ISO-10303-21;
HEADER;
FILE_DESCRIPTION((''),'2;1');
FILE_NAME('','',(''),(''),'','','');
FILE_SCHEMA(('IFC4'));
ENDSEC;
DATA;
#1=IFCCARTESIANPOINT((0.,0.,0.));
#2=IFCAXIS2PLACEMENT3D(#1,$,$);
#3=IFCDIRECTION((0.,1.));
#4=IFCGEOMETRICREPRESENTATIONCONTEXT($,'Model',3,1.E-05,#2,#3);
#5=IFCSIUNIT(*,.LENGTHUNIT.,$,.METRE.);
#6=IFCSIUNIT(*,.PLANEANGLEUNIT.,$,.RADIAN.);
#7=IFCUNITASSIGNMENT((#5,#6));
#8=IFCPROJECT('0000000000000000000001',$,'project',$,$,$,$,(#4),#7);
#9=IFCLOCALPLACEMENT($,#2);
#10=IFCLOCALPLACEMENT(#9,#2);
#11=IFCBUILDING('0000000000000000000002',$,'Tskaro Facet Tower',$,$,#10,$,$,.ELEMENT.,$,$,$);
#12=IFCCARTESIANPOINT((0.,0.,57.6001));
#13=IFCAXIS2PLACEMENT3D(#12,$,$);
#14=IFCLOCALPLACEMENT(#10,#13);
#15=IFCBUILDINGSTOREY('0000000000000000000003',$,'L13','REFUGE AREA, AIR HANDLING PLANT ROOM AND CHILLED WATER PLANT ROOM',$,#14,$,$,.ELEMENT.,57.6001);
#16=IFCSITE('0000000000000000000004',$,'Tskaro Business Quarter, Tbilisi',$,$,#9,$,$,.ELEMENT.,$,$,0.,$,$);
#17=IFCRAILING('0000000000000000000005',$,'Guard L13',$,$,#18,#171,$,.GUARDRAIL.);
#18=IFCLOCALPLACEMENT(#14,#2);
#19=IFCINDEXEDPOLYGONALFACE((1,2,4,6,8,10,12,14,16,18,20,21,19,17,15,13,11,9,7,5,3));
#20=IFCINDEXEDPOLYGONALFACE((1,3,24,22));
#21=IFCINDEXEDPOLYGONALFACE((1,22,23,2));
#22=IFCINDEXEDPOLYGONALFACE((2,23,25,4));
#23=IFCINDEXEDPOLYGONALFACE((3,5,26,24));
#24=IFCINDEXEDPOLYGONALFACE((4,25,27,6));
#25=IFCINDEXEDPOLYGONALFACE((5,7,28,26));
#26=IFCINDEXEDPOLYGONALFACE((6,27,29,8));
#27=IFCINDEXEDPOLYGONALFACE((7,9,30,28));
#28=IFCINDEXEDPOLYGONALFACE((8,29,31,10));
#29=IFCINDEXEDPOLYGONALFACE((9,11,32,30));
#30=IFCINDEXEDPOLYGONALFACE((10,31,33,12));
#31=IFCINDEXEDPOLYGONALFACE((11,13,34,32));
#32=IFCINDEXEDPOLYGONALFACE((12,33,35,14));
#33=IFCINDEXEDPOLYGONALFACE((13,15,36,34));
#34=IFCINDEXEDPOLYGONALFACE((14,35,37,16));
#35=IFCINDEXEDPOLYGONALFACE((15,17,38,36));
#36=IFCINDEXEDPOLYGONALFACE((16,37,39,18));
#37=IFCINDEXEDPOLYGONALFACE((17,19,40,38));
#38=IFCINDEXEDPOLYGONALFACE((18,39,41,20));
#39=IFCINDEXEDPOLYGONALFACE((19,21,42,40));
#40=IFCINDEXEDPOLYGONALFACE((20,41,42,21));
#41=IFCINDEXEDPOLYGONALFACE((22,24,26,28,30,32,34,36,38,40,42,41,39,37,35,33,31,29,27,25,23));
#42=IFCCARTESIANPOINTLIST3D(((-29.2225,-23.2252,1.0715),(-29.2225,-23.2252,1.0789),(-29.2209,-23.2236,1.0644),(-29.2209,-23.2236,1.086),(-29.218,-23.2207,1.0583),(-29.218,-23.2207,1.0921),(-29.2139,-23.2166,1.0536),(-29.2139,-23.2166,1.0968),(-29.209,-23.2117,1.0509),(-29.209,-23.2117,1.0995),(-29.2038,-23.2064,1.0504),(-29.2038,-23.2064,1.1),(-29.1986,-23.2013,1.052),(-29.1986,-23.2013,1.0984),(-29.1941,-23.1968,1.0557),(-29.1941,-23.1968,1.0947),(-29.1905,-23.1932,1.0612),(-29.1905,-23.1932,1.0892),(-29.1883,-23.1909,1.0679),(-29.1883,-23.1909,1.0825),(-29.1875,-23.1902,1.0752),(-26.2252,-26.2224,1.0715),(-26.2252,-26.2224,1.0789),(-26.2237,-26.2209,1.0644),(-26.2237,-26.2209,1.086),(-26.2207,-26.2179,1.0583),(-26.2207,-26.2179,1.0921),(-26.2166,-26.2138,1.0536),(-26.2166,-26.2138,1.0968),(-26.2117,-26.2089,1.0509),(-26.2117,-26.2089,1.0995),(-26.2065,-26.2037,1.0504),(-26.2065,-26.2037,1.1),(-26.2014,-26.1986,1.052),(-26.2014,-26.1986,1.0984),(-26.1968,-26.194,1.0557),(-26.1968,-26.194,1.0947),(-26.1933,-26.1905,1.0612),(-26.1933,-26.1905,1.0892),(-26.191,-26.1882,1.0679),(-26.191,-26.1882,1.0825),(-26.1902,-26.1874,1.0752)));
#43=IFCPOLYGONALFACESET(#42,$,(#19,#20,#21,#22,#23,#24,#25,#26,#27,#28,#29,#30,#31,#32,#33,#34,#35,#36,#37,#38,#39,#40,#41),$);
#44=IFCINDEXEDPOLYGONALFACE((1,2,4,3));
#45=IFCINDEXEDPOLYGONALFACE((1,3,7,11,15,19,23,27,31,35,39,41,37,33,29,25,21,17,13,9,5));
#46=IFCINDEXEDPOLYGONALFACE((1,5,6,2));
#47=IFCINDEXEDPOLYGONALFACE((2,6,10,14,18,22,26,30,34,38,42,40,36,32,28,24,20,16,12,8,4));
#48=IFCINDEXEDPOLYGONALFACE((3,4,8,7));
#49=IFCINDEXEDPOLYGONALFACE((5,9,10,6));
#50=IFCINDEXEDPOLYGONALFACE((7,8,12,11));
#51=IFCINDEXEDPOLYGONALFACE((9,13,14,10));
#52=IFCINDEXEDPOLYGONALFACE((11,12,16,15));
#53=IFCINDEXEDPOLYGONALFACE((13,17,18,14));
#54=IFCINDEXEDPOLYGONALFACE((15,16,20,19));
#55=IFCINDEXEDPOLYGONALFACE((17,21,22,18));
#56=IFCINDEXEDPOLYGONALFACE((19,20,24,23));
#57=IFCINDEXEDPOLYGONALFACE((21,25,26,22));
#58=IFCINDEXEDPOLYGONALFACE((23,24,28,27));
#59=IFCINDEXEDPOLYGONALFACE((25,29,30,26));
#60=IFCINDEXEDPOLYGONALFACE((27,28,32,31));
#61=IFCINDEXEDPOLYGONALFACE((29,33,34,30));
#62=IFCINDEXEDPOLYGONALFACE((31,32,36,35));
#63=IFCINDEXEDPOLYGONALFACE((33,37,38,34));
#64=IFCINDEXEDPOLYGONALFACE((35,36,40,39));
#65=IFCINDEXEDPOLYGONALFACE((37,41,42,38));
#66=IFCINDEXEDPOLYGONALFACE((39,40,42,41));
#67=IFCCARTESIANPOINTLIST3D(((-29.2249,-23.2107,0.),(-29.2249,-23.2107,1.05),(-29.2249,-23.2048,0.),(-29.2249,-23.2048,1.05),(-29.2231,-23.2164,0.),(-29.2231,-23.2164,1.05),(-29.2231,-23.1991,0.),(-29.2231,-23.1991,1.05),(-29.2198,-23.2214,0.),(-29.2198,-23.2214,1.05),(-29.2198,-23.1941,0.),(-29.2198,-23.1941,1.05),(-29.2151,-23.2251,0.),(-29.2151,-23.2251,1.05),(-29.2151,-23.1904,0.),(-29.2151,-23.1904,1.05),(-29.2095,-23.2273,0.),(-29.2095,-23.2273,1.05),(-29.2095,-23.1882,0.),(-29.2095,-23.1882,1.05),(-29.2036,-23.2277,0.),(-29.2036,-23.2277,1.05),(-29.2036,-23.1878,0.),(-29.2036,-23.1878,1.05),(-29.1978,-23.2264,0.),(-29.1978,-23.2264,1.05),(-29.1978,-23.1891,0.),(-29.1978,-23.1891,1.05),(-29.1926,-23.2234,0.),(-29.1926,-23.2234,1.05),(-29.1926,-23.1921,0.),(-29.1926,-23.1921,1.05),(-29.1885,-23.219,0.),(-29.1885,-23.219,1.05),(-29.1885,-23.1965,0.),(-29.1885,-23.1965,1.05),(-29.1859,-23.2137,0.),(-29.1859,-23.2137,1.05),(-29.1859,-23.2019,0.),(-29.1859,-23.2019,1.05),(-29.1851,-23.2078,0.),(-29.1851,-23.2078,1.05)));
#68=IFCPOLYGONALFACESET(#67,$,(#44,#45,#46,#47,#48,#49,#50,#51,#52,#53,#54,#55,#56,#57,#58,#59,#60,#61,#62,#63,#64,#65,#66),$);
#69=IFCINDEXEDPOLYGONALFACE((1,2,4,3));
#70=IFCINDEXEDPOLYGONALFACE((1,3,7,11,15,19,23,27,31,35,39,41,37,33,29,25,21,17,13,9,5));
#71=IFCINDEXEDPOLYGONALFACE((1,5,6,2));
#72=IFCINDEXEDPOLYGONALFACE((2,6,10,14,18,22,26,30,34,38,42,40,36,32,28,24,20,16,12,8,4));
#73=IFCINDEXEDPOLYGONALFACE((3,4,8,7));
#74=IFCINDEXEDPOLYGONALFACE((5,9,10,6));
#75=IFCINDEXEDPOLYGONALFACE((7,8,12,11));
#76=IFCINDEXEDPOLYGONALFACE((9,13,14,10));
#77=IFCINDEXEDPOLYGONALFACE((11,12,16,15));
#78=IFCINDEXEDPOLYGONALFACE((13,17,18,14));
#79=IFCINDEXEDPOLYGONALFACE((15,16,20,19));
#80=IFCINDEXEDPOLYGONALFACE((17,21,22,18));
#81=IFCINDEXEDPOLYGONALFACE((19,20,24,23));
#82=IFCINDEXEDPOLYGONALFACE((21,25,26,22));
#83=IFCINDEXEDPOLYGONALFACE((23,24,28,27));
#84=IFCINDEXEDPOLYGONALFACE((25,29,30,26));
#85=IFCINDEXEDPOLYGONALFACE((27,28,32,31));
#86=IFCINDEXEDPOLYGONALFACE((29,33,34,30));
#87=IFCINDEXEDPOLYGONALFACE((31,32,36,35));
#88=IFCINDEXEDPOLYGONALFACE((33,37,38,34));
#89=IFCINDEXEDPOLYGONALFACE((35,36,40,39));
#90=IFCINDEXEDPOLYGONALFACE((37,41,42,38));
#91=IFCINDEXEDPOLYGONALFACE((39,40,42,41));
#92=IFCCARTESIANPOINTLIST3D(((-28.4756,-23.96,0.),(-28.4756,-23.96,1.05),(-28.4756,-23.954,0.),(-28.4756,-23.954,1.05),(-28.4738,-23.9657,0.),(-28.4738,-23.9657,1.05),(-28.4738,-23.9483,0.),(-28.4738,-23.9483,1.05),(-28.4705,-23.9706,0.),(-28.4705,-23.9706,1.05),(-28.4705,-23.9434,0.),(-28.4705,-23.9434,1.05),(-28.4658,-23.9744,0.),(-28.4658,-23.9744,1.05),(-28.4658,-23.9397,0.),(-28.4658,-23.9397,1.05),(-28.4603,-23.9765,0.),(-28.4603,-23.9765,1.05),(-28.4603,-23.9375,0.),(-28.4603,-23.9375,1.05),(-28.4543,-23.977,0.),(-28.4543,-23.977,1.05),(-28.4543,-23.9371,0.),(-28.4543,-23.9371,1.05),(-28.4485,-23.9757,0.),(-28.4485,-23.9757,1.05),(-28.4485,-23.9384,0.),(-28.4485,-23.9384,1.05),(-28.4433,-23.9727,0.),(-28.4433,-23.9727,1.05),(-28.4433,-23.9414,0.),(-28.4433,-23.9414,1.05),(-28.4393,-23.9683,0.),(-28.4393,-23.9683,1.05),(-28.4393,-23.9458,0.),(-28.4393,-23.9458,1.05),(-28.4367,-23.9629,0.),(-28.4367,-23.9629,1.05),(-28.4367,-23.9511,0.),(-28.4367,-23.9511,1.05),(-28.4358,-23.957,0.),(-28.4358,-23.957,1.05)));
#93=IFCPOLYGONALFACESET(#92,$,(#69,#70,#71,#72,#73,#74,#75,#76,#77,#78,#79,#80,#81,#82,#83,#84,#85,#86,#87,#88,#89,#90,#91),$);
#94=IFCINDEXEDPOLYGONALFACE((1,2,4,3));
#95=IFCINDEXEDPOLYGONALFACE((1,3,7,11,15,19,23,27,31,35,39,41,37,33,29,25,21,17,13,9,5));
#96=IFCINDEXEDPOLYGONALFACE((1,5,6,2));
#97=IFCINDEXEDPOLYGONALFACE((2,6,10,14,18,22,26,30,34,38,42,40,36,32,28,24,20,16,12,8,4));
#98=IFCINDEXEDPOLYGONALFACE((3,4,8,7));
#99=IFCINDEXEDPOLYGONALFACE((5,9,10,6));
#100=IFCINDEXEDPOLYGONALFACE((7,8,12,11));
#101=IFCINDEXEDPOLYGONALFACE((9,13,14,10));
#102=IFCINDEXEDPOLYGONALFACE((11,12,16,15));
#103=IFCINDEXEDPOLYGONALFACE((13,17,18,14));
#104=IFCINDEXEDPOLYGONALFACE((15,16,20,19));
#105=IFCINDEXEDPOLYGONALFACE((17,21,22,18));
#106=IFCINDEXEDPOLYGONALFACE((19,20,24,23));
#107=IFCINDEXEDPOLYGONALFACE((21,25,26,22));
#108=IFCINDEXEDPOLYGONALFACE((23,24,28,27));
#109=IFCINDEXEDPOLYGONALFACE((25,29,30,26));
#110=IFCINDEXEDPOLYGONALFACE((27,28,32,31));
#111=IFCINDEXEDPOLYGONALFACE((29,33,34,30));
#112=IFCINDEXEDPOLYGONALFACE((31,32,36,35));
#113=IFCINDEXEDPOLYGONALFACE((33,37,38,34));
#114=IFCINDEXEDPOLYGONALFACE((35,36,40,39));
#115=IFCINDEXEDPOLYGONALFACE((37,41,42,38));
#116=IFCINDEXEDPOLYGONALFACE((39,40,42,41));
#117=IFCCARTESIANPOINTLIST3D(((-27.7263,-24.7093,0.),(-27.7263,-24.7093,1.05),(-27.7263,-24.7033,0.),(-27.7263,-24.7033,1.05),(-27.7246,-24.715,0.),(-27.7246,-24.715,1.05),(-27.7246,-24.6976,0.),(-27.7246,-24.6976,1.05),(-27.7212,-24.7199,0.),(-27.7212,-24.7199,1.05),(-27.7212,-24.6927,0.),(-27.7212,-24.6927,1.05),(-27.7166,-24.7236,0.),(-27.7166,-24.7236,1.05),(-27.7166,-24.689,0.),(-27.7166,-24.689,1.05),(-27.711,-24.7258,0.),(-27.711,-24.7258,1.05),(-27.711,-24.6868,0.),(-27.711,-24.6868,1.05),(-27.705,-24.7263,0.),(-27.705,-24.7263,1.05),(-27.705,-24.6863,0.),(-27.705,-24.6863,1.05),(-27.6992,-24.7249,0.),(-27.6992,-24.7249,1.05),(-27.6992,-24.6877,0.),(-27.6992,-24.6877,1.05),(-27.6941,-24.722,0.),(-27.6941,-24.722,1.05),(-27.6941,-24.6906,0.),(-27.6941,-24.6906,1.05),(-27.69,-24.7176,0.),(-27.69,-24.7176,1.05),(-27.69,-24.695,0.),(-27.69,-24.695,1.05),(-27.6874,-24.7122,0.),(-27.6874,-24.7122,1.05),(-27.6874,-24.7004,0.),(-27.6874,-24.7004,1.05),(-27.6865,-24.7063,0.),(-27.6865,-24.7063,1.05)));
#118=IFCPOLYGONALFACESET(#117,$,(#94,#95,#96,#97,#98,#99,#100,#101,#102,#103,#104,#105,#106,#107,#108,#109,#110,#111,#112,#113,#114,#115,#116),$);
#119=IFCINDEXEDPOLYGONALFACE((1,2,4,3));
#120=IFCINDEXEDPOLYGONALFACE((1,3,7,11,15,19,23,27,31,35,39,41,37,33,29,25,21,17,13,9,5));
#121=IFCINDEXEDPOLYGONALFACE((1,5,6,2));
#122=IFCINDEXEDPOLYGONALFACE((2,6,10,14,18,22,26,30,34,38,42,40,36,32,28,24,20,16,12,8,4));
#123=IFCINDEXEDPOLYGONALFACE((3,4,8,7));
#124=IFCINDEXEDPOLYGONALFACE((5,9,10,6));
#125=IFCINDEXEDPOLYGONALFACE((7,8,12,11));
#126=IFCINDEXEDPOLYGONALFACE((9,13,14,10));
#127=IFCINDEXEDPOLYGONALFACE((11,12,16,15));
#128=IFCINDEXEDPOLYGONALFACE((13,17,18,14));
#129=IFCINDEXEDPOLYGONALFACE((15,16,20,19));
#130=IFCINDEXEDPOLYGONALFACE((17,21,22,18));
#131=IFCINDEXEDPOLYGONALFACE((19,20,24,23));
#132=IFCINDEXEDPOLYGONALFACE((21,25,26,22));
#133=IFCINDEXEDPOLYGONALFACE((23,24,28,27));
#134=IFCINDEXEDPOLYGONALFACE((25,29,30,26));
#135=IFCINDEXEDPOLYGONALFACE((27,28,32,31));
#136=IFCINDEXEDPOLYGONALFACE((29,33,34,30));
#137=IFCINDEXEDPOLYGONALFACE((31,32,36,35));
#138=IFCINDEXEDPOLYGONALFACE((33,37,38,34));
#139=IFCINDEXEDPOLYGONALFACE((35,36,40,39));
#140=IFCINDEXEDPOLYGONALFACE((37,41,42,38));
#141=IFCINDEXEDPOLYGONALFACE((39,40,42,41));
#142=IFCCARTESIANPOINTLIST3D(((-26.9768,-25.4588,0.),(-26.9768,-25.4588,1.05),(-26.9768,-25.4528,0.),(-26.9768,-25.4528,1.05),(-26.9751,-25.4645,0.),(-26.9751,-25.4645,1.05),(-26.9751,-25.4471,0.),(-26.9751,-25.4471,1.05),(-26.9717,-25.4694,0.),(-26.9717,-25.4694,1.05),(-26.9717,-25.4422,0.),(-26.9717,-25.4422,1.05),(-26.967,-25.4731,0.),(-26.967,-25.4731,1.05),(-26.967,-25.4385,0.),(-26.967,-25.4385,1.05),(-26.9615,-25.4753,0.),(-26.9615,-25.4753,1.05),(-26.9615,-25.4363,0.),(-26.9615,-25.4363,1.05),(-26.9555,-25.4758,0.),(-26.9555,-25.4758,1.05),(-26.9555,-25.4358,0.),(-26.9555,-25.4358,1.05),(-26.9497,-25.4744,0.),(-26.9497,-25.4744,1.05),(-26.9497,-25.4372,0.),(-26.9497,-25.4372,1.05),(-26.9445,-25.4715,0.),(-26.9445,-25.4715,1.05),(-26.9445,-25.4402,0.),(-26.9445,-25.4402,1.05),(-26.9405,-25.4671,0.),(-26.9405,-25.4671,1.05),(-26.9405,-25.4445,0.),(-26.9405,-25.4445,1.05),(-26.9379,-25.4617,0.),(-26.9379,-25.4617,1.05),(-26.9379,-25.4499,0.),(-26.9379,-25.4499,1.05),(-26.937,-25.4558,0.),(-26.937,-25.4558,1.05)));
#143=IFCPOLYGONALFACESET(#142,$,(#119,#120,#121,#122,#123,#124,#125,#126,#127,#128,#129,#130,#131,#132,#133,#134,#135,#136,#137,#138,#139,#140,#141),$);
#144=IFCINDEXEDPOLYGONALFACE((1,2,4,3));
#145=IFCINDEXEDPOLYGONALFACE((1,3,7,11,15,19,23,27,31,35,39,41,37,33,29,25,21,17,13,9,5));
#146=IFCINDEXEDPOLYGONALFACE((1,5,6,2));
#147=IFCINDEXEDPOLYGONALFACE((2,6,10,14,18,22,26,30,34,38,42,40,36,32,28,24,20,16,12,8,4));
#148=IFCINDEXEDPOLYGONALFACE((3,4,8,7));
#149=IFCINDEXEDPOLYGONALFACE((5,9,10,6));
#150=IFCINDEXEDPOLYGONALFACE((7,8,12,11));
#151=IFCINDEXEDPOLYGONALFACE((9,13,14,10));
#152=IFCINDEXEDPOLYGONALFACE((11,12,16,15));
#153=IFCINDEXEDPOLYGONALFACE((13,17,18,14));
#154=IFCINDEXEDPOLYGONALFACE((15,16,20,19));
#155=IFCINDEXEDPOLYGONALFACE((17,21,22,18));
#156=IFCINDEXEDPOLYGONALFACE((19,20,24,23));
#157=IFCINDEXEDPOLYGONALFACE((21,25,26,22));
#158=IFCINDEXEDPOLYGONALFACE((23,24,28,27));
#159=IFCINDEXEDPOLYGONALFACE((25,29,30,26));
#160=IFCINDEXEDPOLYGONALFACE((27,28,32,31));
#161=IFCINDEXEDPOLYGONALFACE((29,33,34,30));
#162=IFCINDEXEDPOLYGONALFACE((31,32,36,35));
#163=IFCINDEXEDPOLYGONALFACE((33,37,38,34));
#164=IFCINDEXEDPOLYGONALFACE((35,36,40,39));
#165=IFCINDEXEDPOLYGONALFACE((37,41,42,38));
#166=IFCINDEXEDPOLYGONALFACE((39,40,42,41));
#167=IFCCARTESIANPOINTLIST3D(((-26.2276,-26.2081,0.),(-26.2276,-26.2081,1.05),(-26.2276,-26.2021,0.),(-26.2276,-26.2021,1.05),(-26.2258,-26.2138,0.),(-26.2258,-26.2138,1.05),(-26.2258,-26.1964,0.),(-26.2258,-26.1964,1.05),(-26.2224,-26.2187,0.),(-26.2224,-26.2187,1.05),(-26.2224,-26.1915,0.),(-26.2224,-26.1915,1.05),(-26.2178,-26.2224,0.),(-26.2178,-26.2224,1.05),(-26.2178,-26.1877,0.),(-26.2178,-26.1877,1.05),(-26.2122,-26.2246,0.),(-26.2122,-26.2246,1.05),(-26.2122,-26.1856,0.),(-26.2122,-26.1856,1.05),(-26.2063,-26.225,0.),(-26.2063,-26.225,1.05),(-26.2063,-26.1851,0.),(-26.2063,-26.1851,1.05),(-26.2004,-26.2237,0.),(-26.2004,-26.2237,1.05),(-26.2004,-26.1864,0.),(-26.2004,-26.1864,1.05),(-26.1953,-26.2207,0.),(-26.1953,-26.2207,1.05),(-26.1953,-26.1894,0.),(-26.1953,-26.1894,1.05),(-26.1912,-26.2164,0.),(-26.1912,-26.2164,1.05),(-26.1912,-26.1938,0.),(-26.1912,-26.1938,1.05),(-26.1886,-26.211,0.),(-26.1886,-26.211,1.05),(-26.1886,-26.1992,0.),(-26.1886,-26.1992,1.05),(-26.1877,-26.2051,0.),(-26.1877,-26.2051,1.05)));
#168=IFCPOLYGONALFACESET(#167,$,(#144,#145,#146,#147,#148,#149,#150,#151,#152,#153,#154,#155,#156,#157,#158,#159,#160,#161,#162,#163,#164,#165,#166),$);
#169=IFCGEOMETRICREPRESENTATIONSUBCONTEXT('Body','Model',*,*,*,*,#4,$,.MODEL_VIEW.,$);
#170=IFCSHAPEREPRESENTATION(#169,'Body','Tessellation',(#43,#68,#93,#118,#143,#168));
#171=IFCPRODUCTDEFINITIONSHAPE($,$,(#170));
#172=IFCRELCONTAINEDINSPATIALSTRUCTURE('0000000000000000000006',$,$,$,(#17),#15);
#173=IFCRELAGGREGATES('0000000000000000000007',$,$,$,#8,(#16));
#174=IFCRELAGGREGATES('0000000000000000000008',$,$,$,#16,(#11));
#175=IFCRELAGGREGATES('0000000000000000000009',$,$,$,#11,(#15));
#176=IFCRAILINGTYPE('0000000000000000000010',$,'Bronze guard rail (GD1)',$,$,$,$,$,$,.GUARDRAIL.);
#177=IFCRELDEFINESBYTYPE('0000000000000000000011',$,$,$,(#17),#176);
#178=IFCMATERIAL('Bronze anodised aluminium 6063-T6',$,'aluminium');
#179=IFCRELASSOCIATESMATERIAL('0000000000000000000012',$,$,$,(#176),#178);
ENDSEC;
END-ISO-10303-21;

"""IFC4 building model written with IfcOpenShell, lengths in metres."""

from ifc_helpers import new_model, si_unit, direction, frame, origin, origin_2d, place, context, subcontext, project, spatial, circle, extrude, material, type_object, element, save


model = new_model("IFC4")

# Units and contexts
model_context = context("Model", 3, precision=1e-05, world=origin(), true_north=direction((0.0, 1.0)))
body_context = subcontext(model_context, "Body", "Model", "MODEL_VIEW")
ifc_project = project(units=[si_unit("LENGTHUNIT", "METRE"), si_unit("PLANEANGLEUNIT", "RADIAN")], contexts=[model_context])

# Site, building, storey
site_placement = place(None, origin())
site = spatial("IfcSite", under=ifc_project, at=site_placement, Name="Tskaro Business Quarter, Tbilisi", CompositionType="ELEMENT", RefElevation=0.0)
building_placement = place(site_placement, origin())
building = spatial("IfcBuilding", under=site, at=building_placement, Name="Tskaro Facet Tower", CompositionType="ELEMENT")
storey_placement = place(building_placement, frame((0.0, 0.0, 57.6001)))
storey = spatial("IfcBuildingStorey", under=building, at=storey_placement, Name="L13", Description="REFUGE AREA, AIR HANDLING PLANT ROOM AND CHILLED WATER PLANT ROOM", CompositionType="ELEMENT", Elevation=57.6001)

# Railing
ifc_material_1 = material(Name="Bronze anodised aluminium 6063-T6", Category="aluminium")
railing_type = type_object("IfcRailingType", Name="Bronze guard rail (GD1)", PredefinedType="GUARDRAIL", material=ifc_material_1)
railing_1_placement = place(storey_placement, frame((-29.2051, -23.2078, 0.0)))
element("IfcRailing", 1, at=railing_1_placement, inside=storey, type_object=railing_type, Name="Guard L13", PredefinedType="GUARDRAIL", context=body_context, shape_type="SweptSolid", body=[
    extrude(circle(Radius=0.0249, at=origin_2d()), frame((0.0, 0.0, 1.0752), z_axis=(0.707107, -0.707107, 0.0), x_axis=(0.707107, 0.707107, 0.0)), (0.0, 0.0, 1.0), 4.2388),
    extrude(circle(Radius=0.02, at=origin_2d()), origin(), (0.0, 0.0, 1.0), 1.05),
    extrude(circle(Radius=0.02, at=origin_2d()), frame((0.7493, -0.7493, 0.0)), (0.0, 0.0, 1.0), 1.05),
    extrude(circle(Radius=0.02, at=origin_2d()), frame((1.4985, -1.4985, 0.0)), (0.0, 0.0, 1.0), 1.05),
    extrude(circle(Radius=0.02, at=origin_2d()), frame((2.248, -2.248, 0.0)), (0.0, 0.0, 1.0), 1.05),
    extrude(circle(Radius=0.02, at=origin_2d()), frame((2.9973, -2.9973, 0.0)), (0.0, 0.0, 1.0), 1.05),
])

save(model, "model.ifc")
